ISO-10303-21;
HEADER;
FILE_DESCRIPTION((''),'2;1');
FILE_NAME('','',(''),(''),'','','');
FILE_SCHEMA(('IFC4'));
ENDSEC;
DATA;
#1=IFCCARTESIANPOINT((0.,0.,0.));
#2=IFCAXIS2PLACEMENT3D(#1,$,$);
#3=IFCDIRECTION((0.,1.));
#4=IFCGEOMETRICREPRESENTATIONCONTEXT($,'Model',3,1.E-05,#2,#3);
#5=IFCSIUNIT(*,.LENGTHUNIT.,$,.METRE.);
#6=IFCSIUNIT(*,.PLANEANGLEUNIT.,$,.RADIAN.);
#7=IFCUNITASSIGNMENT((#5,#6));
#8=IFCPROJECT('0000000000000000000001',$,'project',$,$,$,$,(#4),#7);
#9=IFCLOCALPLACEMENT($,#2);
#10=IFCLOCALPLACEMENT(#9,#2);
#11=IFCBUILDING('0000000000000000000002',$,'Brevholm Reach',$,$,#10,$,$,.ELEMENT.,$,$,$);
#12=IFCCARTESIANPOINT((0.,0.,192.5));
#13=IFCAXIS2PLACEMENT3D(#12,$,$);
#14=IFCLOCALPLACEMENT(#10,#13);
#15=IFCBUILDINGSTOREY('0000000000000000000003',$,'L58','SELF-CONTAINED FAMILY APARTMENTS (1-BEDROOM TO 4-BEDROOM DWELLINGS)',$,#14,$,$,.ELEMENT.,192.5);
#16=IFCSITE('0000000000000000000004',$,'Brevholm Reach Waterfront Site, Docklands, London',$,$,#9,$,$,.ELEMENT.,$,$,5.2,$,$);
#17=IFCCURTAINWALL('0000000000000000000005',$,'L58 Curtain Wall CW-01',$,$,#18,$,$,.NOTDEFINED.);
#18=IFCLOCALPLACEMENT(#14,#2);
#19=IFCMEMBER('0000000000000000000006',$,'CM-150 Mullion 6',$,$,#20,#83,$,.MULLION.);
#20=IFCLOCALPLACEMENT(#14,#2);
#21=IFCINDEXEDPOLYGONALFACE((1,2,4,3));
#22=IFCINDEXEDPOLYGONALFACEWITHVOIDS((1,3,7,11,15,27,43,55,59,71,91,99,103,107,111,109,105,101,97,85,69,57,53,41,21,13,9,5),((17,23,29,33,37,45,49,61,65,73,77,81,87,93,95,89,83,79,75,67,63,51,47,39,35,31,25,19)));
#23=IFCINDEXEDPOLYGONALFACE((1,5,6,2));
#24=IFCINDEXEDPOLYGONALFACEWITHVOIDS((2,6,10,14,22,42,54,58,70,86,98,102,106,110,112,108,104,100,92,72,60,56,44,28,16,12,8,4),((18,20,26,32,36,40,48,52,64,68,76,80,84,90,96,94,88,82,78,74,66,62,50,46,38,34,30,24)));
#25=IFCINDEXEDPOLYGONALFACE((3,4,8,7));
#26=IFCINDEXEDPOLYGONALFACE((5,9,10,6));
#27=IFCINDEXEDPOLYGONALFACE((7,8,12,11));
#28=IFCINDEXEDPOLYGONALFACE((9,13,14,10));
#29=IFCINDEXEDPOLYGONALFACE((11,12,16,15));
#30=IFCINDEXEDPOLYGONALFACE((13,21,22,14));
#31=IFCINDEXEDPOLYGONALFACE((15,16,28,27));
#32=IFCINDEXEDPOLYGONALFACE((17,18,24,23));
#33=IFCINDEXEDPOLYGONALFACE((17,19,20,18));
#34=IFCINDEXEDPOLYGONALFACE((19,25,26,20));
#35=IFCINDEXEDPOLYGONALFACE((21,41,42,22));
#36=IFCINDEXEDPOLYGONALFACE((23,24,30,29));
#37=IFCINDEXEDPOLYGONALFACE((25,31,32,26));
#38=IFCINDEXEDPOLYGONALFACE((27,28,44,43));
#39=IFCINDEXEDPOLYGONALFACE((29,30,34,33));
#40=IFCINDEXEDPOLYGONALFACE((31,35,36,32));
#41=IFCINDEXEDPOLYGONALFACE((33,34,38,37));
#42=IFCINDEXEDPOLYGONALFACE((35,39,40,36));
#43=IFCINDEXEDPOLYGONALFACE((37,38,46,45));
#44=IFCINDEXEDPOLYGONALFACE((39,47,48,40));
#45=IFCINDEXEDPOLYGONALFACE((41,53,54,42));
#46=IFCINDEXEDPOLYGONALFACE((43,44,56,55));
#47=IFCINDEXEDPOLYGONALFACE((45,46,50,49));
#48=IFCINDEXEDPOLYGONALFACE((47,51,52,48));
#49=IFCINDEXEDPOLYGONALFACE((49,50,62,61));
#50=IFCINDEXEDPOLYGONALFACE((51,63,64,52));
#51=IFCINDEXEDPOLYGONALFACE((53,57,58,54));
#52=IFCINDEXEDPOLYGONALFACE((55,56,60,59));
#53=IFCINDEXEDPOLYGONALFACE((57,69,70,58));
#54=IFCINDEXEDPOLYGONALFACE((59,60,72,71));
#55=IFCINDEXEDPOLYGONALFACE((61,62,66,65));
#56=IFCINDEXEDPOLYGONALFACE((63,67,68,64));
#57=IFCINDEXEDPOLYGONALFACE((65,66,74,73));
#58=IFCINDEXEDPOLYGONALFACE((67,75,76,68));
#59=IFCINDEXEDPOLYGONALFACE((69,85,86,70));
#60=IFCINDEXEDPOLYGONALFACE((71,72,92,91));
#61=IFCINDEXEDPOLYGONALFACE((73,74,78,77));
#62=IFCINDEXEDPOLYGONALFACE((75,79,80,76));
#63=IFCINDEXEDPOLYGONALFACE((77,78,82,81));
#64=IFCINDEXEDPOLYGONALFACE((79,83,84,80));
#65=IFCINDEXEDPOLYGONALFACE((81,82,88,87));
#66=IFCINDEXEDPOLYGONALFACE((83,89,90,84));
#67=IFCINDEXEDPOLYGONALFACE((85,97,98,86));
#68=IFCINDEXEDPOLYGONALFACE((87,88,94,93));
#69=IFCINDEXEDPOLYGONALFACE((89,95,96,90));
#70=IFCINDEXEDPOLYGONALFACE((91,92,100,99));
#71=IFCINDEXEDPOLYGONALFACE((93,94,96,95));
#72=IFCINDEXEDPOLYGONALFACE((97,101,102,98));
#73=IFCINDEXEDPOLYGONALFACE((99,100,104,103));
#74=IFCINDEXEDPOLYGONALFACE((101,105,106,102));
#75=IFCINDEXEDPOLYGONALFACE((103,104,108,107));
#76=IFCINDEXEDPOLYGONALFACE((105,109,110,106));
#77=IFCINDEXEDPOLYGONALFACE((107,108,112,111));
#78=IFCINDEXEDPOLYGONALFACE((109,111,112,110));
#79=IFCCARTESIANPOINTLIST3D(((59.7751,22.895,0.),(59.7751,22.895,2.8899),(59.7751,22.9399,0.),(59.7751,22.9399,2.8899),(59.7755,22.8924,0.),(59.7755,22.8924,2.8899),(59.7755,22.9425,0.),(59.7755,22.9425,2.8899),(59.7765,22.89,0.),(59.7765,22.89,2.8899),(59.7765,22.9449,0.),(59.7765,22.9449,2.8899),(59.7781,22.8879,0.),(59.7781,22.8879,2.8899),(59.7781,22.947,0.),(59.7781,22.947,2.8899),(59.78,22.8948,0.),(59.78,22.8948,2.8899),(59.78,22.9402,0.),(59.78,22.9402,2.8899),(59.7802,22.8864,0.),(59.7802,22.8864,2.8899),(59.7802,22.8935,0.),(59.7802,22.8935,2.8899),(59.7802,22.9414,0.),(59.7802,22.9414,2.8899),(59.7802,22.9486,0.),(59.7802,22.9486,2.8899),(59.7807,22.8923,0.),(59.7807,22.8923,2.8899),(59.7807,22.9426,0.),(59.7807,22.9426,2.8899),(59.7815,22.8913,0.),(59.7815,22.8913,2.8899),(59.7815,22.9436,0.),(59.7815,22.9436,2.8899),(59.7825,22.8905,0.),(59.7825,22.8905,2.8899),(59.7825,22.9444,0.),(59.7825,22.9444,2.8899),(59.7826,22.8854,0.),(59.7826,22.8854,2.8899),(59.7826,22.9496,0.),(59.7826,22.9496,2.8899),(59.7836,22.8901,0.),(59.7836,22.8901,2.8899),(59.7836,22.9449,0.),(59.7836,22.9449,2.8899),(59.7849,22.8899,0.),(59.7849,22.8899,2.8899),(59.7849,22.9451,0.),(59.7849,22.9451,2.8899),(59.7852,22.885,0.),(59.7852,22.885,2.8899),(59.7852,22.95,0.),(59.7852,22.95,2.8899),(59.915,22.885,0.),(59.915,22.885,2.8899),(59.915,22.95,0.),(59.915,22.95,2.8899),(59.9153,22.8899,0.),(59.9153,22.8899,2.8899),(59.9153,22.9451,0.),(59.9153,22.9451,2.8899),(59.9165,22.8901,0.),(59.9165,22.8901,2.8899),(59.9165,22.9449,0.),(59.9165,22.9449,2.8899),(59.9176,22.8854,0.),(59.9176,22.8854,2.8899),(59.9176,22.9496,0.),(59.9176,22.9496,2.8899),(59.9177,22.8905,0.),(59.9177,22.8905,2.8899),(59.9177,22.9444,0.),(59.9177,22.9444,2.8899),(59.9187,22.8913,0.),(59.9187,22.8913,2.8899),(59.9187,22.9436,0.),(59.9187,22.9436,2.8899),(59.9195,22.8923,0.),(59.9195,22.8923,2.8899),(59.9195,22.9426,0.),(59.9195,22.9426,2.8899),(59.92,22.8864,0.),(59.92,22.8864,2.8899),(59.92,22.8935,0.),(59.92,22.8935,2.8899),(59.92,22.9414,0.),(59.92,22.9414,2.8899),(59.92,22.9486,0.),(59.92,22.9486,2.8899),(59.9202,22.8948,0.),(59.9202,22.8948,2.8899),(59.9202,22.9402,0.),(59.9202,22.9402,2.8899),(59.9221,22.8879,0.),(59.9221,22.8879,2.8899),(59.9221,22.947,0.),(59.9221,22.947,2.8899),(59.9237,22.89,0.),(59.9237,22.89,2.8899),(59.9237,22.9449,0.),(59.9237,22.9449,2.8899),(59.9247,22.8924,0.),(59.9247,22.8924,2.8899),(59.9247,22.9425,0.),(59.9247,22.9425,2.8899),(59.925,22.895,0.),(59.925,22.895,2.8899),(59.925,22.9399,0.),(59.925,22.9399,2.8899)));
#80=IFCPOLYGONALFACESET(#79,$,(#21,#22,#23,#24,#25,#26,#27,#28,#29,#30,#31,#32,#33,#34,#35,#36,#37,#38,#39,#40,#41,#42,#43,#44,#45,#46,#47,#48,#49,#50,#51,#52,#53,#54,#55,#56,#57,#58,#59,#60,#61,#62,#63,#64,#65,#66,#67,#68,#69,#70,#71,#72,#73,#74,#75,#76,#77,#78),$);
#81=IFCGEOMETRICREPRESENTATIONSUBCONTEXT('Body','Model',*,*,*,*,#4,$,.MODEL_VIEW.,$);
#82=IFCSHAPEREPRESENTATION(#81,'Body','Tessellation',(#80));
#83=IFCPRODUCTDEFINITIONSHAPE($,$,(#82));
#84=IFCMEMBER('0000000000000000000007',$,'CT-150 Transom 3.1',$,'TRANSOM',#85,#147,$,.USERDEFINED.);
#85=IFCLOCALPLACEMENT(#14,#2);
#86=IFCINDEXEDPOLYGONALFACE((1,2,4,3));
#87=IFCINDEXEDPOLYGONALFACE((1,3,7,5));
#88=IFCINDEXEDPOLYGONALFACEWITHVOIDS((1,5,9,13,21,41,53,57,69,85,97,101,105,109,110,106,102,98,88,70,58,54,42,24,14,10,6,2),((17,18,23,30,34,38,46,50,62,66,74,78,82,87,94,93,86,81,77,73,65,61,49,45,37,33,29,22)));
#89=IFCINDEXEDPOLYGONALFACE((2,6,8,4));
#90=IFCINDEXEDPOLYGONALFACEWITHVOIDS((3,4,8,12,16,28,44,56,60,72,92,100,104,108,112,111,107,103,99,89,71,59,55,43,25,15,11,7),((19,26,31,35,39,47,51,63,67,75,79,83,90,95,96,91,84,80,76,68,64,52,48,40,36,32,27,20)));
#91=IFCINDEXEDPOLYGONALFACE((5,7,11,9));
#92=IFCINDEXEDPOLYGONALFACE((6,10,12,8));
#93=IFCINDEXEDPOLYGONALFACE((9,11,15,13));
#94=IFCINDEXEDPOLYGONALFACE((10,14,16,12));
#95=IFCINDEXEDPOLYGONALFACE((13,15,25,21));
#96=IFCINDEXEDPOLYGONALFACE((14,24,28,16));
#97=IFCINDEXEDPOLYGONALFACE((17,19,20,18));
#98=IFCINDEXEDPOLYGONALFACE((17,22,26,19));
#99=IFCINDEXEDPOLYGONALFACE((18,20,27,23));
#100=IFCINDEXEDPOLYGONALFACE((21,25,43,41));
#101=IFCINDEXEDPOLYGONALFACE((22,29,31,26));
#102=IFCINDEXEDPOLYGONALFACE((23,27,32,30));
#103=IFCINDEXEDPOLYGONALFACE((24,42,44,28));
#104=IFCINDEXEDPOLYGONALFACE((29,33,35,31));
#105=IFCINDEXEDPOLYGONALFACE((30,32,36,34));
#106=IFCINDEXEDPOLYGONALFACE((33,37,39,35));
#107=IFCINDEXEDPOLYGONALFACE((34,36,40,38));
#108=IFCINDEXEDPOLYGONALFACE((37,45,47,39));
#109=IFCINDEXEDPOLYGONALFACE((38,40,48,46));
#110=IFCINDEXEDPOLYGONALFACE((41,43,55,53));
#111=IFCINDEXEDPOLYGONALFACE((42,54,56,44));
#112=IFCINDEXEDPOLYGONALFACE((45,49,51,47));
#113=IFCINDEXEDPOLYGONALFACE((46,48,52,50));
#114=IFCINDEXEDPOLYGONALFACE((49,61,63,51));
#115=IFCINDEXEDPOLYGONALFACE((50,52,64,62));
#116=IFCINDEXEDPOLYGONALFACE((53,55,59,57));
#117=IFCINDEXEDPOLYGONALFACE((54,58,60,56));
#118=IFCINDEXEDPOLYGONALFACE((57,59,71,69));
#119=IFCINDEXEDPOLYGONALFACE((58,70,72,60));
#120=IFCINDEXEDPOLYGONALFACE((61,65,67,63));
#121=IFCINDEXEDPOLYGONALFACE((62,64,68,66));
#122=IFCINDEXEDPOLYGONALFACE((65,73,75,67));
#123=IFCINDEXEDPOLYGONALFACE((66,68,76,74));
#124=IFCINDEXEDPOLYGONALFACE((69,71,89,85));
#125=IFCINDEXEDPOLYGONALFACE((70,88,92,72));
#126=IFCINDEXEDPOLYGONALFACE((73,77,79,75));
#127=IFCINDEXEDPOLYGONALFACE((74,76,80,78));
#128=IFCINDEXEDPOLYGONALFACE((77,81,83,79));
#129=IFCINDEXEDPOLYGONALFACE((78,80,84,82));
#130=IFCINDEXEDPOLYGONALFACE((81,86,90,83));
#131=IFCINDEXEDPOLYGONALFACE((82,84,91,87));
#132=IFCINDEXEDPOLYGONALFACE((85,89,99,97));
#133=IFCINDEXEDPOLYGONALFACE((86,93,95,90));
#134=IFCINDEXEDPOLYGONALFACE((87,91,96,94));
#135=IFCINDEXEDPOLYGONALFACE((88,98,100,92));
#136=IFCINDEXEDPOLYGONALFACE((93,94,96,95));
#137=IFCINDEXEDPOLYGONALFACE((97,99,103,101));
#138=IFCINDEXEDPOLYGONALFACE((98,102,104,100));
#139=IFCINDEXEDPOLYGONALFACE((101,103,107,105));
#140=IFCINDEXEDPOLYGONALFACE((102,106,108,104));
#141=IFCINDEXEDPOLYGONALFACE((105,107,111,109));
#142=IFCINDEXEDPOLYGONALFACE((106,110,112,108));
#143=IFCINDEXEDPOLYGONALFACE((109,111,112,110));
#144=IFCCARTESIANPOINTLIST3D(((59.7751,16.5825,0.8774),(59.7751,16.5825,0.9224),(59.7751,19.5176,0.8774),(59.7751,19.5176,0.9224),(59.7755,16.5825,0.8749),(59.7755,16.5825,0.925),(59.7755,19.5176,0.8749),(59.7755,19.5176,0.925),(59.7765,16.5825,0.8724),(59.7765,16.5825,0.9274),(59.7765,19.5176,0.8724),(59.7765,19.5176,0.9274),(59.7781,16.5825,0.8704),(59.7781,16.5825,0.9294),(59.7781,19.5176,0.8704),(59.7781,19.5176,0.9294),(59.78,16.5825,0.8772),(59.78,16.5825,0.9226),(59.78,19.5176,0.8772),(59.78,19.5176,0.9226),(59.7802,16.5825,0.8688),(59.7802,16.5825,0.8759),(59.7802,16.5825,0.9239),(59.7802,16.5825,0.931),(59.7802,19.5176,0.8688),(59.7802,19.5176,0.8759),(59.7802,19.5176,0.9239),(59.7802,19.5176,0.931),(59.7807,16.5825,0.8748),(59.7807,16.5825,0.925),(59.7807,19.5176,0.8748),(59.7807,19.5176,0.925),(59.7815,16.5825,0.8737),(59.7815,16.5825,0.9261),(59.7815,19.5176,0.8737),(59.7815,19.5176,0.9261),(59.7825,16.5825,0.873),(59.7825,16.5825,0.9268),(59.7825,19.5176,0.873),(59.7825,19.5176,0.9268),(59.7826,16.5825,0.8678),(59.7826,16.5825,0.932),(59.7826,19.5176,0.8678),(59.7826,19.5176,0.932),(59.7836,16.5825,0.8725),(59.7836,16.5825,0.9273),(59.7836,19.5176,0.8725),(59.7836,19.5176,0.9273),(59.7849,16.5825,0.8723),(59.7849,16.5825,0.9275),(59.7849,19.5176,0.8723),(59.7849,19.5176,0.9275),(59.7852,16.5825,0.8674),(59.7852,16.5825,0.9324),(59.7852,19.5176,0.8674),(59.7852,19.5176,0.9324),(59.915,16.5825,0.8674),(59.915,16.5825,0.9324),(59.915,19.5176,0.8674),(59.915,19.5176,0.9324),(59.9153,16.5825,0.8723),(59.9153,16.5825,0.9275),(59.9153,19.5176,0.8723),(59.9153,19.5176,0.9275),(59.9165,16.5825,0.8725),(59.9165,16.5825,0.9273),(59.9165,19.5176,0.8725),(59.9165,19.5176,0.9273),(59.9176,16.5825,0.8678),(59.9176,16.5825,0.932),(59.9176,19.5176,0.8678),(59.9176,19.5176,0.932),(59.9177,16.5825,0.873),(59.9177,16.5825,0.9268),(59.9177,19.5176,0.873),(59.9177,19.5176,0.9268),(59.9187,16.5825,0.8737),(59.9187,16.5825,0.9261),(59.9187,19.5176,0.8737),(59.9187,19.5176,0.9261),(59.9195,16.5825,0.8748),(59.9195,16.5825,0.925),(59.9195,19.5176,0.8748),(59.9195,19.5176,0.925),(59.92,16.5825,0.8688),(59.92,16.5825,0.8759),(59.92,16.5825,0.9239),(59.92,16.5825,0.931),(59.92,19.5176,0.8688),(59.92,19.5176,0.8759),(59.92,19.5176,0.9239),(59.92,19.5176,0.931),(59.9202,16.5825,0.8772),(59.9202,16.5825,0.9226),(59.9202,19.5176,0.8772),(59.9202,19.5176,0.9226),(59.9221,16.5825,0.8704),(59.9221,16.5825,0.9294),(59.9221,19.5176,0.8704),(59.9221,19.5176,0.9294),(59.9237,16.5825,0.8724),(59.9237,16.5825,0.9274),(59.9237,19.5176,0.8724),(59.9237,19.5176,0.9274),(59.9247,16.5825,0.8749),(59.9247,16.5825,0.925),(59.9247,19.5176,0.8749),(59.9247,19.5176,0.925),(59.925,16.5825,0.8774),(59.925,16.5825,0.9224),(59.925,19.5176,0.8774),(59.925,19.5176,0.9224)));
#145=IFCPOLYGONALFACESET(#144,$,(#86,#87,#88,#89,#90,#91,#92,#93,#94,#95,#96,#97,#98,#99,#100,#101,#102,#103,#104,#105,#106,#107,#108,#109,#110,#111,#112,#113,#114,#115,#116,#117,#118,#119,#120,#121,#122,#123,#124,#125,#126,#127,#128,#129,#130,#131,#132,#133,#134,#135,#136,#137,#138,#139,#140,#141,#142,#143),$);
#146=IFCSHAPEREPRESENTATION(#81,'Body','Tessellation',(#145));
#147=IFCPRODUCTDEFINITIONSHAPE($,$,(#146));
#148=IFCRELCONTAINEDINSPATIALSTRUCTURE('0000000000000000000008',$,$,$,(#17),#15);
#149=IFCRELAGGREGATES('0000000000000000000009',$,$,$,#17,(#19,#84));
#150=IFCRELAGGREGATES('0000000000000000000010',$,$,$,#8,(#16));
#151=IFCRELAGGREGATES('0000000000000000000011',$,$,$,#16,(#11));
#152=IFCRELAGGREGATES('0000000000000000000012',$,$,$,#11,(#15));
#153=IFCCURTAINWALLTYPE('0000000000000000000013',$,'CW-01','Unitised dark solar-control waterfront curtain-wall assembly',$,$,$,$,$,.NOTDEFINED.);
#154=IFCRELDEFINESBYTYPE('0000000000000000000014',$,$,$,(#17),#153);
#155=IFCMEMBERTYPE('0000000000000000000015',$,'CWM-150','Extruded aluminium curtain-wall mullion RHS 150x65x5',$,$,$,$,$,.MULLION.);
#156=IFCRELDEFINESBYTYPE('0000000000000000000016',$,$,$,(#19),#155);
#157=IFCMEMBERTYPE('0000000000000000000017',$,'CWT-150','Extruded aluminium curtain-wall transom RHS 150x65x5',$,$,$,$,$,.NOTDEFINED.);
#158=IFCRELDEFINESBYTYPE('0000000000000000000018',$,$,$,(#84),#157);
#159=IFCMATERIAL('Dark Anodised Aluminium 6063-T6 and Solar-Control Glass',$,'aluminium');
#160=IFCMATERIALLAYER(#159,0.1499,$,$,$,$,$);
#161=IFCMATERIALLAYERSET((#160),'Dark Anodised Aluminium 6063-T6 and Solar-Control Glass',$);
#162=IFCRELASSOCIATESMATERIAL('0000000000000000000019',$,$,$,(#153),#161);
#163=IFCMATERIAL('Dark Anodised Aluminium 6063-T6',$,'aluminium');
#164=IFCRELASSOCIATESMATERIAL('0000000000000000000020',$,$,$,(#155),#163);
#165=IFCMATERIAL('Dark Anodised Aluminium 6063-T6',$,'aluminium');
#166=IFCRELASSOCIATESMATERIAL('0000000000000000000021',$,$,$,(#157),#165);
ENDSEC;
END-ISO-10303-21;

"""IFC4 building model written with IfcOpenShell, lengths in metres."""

from ifc_helpers import new_model, si_unit, direction, frame, origin, origin_2d, place, context, subcontext, project, spatial, hollow_rectangle, extrude, material, layer, layer_set, material_profile, profile_set, type_object, element, aggregate, save


model = new_model("IFC4")

# Units and contexts
model_context = context("Model", 3, precision=1e-05, world=origin(), true_north=direction((0.0, 1.0)))
body_context = subcontext(model_context, "Body", "Model", "MODEL_VIEW")
ifc_project = project(units=[si_unit("LENGTHUNIT", "METRE"), si_unit("PLANEANGLEUNIT", "RADIAN")], contexts=[model_context])

# Site, building, storey
site_placement = place(None, origin())
site = spatial("IfcSite", under=ifc_project, at=site_placement, Name="Brevholm Reach Waterfront Site, Docklands, London", CompositionType="ELEMENT", RefElevation=5.2)
building_placement = place(site_placement, origin())
building = spatial("IfcBuilding", under=site, at=building_placement, Name="Brevholm Reach", CompositionType="ELEMENT")
storey_placement = place(building_placement, frame((0.0, 0.0, 192.5)))
storey = spatial("IfcBuildingStorey", under=building, at=storey_placement, Name="L58", Description="SELF-CONTAINED FAMILY APARTMENTS (1-BEDROOM TO 4-BEDROOM DWELLINGS)", CompositionType="ELEMENT", Elevation=192.5)

# Curtain wall, members
ifc_material_1 = material(Name="Dark Anodised Aluminium 6063-T6 and Solar-Control Glass", Category="aluminium")
ifc_layer_1 = layer(ifc_material_1, 0.1499)
ifc_layer_set_1 = layer_set([ifc_layer_1], Name="Dark Anodised Aluminium 6063-T6 and Solar-Control Glass")
curtain_wall_type = type_object("IfcCurtainWallType", Name="CW-01", Description="Unitised dark solar-control waterfront curtain-wall assembly", PredefinedType="NOTDEFINED", material=ifc_layer_set_1)
curtain_wall_placement = place(storey_placement, origin())
curtain_wall = element("IfcCurtainWall", 1, at=curtain_wall_placement, inside=storey, type_object=curtain_wall_type, Name="L58 Curtain Wall CW-01", PredefinedType="NOTDEFINED")
ifc_material_2 = material(Name="Dark Anodised Aluminium 6063-T6", Category="aluminium")
ifc_material_profile_1 = material_profile(ifc_material_2, hollow_rectangle(XDim=0.0649, YDim=0.1499, WallThickness=0.0049, InnerFilletRadius=0.0049, OuterFilletRadius=0.01, at=origin_2d()), Name="RHS 150x65x5")
ifc_profile_set_1 = profile_set([ifc_material_profile_1], Name="Dark Anodised Aluminium 6063-T6")
member_type_1 = type_object("IfcMemberType", Name="CWM-150", Description="Extruded aluminium curtain-wall mullion RHS 150x65x5", PredefinedType="MULLION", material=ifc_profile_set_1)
member_1_placement = place(storey_placement, frame((59.8501, 22.9175, 0.0), z_axis=(0.0, 0.0, 1.0), x_axis=(0.0, 1.0, 0.0)))
member_1 = element("IfcMember", 2, at=member_1_placement, type_object=member_type_1, Name="CM-150 Mullion 6", PredefinedType="MULLION", context=body_context, shape_type="SweptSolid", body=[
    extrude(hollow_rectangle(XDim=0.0649, YDim=0.1499, WallThickness=0.0049, InnerFilletRadius=0.0049, OuterFilletRadius=0.01, at=origin_2d()), origin(), (0.0, 0.0, 1.0), 2.8899),
])
ifc_material_3 = material(Name="Dark Anodised Aluminium 6063-T6", Category="aluminium")
ifc_material_profile_2 = material_profile(ifc_material_3, hollow_rectangle(XDim=0.0649, YDim=0.1499, WallThickness=0.0049, InnerFilletRadius=0.0049, OuterFilletRadius=0.01, at=origin_2d()), Name="RHS 150x65x5")
ifc_profile_set_2 = profile_set([ifc_material_profile_2], Name="Dark Anodised Aluminium 6063-T6")
member_type_2 = type_object("IfcMemberType", Name="CWT-150", Description="Extruded aluminium curtain-wall transom RHS 150x65x5", PredefinedType="NOTDEFINED", material=ifc_profile_set_2)
member_2_placement = place(storey_placement, frame((59.8501, 16.5825, 0.8999), z_axis=(0.0, 1.0, 0.0), x_axis=(0.0, 0.0, 1.0)))
member_2 = element("IfcMember", 3, at=member_2_placement, type_object=member_type_2, Name="CT-150 Transom 3.1", ObjectType="TRANSOM", PredefinedType="USERDEFINED", context=body_context, shape_type="SweptSolid", body=[
    extrude(hollow_rectangle(XDim=0.0649, YDim=0.1499, WallThickness=0.0049, InnerFilletRadius=0.0049, OuterFilletRadius=0.01, at=origin_2d()), origin(), (0.0, 0.0, 1.0), 2.9351),
])
aggregate(curtain_wall, [member_1, member_2])

save(model, "model.ifc")
